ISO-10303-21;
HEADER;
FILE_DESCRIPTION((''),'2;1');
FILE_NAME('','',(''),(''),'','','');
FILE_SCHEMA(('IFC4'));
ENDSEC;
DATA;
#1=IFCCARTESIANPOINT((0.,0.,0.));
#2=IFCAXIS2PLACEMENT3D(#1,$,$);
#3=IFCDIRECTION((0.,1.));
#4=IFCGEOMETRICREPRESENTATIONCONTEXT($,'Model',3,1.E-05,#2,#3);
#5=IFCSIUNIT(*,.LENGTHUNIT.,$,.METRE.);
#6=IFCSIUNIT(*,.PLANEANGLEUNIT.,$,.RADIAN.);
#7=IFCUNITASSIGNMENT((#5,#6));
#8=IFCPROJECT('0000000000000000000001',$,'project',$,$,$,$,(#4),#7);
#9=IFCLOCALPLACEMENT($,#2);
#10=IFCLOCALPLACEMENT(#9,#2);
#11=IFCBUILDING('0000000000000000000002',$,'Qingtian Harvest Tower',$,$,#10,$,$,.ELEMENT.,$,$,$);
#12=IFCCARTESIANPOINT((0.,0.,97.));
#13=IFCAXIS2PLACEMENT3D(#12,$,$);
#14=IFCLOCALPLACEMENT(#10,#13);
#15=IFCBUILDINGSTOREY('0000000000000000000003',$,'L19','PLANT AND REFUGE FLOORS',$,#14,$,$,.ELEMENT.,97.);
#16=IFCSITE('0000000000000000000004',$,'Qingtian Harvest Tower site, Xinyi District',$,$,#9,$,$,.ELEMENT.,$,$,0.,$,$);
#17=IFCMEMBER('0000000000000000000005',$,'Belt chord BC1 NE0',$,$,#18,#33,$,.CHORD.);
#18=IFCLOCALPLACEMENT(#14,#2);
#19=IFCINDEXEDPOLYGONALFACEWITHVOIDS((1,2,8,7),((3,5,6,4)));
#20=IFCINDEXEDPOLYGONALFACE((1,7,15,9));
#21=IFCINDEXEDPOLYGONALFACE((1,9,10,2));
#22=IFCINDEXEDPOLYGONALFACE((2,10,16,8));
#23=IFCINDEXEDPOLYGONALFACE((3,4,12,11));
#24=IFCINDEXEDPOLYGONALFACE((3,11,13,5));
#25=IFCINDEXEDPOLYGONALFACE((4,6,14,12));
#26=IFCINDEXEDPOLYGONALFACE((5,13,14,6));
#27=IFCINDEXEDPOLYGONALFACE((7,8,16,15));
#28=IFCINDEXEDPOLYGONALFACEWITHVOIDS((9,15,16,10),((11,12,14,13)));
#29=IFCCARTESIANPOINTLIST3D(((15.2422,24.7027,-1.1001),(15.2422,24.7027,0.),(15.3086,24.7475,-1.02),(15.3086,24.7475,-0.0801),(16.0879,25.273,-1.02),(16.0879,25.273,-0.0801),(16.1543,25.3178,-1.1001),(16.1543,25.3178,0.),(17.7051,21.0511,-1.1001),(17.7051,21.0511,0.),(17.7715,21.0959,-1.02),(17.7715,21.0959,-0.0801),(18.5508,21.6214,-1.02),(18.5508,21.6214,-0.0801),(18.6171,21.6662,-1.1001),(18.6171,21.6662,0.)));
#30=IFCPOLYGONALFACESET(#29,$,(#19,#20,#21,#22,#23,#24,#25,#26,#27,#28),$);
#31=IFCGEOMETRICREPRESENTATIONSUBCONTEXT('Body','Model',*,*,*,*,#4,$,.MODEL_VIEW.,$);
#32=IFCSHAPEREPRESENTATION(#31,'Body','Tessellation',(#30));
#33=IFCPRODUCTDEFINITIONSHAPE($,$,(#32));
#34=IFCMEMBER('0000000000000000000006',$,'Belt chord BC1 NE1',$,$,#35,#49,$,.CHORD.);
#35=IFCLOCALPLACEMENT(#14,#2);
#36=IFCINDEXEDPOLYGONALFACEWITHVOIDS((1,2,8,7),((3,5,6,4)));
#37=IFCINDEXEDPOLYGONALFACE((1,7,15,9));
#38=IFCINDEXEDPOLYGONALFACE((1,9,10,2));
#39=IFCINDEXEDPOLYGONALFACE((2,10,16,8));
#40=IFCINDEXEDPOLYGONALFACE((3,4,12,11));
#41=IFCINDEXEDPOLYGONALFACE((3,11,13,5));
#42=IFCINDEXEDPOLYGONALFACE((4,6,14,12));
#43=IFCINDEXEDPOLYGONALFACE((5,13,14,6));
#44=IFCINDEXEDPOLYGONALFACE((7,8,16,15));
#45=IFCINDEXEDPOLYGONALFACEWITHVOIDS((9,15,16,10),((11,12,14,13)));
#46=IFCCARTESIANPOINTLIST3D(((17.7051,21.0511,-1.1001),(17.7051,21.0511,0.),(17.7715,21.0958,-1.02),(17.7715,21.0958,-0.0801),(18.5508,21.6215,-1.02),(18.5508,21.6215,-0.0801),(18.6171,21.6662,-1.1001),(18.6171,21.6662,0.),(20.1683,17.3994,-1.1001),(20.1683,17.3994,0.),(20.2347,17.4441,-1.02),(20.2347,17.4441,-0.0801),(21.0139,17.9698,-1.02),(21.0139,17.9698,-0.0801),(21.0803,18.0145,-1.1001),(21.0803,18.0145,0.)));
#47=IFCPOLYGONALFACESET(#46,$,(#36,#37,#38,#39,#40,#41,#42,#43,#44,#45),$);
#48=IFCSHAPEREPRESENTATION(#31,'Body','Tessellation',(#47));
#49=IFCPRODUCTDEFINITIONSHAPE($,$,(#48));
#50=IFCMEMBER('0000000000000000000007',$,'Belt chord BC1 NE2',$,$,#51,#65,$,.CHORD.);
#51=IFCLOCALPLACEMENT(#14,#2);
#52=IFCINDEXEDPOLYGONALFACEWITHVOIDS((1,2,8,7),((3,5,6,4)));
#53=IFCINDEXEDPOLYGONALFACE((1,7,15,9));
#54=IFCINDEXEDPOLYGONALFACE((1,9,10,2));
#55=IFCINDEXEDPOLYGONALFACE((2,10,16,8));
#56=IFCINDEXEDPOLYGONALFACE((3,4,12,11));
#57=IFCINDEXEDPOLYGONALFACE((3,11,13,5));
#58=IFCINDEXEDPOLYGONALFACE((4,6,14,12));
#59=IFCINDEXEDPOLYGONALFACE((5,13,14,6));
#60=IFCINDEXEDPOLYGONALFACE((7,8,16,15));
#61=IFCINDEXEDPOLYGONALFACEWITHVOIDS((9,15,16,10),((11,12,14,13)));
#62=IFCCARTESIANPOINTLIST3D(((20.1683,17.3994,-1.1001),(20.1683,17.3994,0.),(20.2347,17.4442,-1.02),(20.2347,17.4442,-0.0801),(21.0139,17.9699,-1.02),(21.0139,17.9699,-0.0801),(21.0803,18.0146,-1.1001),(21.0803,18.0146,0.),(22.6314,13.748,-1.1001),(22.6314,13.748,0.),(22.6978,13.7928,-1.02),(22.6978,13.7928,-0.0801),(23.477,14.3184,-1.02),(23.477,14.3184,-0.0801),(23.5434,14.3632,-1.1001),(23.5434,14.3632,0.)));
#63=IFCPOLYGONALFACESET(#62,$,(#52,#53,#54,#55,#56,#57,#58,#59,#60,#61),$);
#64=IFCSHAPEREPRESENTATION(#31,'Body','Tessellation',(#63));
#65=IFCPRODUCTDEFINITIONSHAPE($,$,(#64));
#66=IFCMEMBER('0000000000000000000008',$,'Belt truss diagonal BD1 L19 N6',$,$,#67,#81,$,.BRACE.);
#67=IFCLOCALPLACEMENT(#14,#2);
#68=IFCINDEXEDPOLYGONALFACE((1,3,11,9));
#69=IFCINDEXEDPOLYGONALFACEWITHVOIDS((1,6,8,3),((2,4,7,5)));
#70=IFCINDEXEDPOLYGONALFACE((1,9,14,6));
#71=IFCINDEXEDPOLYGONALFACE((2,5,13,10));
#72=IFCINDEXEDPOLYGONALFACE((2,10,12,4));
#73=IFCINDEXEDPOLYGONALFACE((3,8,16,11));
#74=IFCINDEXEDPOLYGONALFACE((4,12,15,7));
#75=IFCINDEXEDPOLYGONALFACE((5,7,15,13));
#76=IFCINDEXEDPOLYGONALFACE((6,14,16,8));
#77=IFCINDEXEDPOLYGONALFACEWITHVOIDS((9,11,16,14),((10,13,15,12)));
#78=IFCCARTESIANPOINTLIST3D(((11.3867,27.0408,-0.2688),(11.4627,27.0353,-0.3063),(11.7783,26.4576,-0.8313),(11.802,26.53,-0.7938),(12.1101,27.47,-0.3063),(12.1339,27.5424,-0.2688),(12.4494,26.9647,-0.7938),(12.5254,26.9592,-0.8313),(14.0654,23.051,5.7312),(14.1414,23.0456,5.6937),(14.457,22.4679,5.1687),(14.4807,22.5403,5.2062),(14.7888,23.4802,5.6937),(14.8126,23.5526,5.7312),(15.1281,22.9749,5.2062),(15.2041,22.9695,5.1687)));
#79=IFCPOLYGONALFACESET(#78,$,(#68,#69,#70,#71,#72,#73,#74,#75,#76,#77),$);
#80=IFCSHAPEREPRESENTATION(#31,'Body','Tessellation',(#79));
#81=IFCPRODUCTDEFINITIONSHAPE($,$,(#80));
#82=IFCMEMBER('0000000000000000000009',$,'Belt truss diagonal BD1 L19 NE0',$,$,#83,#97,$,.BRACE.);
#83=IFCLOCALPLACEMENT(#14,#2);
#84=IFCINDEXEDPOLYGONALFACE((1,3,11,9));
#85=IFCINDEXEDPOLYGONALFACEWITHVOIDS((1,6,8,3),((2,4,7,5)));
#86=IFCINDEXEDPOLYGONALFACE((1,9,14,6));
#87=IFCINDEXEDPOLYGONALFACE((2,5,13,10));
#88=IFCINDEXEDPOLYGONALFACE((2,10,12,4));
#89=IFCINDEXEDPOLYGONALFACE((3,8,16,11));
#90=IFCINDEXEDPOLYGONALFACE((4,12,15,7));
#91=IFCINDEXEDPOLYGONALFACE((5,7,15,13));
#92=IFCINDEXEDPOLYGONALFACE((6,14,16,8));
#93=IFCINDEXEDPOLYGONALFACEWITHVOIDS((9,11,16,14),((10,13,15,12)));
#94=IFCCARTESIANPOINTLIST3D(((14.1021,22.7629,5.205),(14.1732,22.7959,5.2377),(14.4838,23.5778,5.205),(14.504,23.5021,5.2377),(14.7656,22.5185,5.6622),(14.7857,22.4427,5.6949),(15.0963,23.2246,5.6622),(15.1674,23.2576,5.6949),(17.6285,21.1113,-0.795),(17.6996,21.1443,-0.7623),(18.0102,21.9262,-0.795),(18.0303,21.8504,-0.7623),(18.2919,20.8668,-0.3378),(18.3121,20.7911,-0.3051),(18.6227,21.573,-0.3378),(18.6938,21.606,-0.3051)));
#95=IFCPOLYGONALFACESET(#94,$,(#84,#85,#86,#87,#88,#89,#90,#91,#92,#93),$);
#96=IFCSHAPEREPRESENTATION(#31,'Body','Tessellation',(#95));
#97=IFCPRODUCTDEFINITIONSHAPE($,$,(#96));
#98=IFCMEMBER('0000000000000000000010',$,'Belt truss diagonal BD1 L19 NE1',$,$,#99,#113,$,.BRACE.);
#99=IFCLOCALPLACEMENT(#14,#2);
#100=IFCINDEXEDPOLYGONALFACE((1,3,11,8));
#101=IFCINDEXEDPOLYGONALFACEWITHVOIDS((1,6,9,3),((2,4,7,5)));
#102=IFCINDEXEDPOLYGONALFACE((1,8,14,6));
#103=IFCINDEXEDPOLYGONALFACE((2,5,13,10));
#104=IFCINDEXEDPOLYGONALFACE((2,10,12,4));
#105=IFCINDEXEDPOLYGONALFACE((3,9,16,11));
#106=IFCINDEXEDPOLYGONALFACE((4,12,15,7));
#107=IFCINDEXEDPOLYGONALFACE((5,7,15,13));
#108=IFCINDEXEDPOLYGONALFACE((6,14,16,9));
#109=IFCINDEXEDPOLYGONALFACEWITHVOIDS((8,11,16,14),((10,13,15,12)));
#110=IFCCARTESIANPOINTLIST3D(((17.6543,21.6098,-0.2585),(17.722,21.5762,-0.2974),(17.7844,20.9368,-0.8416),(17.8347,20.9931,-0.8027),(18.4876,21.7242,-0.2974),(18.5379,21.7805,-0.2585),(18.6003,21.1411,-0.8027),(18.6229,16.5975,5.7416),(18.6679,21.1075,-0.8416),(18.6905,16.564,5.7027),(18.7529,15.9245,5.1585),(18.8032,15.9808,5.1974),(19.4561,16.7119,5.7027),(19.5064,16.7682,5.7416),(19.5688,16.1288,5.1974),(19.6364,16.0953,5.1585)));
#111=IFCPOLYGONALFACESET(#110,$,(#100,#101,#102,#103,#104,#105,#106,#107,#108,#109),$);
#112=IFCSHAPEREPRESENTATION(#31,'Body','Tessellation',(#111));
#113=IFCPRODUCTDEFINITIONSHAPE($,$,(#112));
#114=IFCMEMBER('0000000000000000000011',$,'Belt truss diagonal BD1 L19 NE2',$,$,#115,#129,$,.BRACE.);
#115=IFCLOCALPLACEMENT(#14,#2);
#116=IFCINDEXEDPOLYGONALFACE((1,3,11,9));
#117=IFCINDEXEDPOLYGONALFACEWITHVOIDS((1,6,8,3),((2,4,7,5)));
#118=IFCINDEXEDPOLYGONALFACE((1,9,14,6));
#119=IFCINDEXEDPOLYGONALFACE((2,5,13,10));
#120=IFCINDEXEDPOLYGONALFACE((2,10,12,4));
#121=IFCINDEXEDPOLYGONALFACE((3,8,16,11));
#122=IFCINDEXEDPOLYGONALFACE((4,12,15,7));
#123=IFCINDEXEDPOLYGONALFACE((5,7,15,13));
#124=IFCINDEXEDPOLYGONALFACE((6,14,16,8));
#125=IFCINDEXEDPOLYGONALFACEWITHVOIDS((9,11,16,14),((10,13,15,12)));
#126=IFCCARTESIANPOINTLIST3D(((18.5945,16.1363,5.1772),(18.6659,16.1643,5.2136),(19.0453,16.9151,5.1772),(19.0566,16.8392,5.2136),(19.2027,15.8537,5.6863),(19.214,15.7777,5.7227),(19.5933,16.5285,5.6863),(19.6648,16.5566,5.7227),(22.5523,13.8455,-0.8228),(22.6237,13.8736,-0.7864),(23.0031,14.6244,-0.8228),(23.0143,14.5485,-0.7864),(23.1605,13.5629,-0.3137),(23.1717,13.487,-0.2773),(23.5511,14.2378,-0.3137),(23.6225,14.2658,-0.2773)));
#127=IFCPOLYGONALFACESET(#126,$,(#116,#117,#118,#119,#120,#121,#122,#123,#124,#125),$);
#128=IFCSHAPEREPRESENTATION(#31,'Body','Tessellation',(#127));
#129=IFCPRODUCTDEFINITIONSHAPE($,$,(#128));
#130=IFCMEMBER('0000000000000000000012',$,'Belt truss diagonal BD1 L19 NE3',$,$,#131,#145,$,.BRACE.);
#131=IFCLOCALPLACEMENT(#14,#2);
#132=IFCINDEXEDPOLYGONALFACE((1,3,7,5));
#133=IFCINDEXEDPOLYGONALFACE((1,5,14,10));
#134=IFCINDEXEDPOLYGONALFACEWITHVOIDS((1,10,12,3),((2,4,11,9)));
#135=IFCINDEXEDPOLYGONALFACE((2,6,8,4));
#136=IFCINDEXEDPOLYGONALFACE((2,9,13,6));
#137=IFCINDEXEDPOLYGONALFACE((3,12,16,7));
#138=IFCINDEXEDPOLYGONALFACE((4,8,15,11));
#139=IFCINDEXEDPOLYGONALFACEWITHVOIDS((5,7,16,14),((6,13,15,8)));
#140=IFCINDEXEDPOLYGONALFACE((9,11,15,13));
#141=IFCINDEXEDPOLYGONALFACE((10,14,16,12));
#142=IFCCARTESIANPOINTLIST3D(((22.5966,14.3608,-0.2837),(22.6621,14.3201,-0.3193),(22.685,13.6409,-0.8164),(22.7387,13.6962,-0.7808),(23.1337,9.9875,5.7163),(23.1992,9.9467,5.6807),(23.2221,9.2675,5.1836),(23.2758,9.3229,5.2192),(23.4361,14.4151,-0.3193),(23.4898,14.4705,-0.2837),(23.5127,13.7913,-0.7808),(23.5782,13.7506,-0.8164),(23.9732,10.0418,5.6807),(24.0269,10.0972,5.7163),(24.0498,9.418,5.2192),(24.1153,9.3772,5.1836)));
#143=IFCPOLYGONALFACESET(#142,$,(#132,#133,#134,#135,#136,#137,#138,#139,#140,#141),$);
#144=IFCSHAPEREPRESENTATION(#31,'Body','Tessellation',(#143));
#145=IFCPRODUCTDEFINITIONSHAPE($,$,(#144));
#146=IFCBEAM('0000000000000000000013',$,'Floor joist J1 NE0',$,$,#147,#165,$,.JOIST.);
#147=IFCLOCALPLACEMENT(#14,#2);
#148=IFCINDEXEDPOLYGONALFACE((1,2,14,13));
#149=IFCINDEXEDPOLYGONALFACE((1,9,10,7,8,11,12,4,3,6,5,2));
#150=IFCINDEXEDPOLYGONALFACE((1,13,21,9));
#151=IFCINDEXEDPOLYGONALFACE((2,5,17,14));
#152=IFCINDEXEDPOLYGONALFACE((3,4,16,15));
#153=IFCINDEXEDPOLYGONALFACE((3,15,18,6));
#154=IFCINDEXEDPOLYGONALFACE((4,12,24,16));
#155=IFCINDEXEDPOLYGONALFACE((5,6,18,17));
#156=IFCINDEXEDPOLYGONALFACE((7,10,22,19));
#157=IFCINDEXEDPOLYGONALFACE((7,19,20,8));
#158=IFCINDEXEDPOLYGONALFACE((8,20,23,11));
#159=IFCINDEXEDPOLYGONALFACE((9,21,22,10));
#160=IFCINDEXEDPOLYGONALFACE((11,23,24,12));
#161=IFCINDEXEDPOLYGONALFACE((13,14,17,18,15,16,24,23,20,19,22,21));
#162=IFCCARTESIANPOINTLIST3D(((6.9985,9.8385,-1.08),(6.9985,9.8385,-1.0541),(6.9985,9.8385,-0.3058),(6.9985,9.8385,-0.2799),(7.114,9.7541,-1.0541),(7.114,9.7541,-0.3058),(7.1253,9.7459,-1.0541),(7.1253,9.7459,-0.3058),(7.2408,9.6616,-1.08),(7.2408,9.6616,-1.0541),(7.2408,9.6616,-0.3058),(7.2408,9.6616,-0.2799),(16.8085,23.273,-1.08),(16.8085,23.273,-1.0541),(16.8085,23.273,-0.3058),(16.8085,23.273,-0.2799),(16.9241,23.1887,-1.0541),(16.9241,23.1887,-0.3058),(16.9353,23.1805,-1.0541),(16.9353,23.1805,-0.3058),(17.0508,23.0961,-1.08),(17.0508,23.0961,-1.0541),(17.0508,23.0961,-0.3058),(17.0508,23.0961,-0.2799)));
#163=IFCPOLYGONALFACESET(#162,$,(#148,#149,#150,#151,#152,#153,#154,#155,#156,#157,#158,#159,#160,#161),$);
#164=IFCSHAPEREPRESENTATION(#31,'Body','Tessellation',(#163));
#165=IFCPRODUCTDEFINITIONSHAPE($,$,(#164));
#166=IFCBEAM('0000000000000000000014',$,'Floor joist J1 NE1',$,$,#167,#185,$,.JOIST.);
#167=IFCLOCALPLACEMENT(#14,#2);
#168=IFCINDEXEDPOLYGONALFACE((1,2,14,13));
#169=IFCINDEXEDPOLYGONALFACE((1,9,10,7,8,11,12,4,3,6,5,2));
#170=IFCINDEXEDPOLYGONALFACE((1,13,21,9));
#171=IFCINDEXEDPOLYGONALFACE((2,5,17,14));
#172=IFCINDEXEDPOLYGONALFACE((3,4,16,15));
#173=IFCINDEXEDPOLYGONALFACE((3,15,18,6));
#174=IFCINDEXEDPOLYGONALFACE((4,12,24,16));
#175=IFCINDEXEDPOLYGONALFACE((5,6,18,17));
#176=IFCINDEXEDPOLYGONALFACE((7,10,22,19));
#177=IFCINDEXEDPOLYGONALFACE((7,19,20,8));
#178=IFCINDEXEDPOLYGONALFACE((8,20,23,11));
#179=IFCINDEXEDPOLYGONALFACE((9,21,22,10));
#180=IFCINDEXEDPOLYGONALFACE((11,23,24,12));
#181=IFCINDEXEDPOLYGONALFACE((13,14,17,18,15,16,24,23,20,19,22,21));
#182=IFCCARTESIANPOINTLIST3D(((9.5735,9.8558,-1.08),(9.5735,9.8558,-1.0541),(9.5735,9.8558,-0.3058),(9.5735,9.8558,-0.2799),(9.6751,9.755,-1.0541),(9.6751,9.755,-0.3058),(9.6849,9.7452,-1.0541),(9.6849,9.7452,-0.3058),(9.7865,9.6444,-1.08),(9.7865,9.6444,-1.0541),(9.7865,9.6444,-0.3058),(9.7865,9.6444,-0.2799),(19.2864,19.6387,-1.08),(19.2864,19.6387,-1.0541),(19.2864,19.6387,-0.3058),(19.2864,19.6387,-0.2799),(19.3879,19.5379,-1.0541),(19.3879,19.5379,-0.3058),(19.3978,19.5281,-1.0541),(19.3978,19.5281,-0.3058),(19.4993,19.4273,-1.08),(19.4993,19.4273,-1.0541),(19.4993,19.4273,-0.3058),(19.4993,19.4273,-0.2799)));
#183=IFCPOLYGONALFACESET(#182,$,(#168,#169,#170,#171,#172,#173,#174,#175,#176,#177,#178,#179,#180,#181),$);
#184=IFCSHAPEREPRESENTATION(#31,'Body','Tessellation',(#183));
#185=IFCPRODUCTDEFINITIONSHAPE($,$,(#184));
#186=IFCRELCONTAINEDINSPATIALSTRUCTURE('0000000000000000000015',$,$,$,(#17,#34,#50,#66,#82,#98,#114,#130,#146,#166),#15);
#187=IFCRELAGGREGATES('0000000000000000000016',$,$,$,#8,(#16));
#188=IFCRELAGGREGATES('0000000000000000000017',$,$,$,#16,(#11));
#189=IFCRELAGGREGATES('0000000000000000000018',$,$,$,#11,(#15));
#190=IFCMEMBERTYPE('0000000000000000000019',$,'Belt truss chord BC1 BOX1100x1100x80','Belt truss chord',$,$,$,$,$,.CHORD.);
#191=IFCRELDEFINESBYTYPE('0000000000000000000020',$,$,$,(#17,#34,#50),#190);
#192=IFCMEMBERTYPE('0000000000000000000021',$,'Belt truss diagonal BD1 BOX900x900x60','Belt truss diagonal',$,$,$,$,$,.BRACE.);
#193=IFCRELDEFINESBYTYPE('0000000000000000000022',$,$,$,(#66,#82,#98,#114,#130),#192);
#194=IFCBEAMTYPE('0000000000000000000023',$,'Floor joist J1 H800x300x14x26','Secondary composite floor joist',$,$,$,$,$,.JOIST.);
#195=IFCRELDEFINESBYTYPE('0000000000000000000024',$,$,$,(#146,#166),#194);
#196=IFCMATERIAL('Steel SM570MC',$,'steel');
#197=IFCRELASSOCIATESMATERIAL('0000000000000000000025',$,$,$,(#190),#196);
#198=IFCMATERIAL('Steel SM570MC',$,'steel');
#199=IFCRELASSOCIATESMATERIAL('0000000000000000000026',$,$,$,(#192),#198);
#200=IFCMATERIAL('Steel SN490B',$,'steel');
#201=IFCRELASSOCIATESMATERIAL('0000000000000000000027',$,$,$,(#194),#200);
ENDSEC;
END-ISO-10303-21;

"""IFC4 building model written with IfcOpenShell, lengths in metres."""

from ifc_helpers import new_model, si_unit, direction, frame, origin, origin_2d, place, context, subcontext, project, spatial, hollow_rectangle, i_section, extrude, material, material_profile, profile_set, type_object, element, save


model = new_model("IFC4")

# Units and contexts
model_context = context("Model", 3, precision=1e-05, world=origin(), true_north=direction((0.0, 1.0)))
body_context = subcontext(model_context, "Body", "Model", "MODEL_VIEW")
ifc_project = project(units=[si_unit("LENGTHUNIT", "METRE"), si_unit("PLANEANGLEUNIT", "RADIAN")], contexts=[model_context])

# Site, building, storey
site_placement = place(None, origin())
site = spatial("IfcSite", under=ifc_project, at=site_placement, Name="Qingtian Harvest Tower site, Xinyi District", CompositionType="ELEMENT", RefElevation=0.0)
building_placement = place(site_placement, origin())
building = spatial("IfcBuilding", under=site, at=building_placement, Name="Qingtian Harvest Tower", CompositionType="ELEMENT")
storey_placement = place(building_placement, frame((0.0, 0.0, 97.0)))
storey = spatial("IfcBuildingStorey", under=building, at=storey_placement, Name="L19", Description="PLANT AND REFUGE FLOORS", CompositionType="ELEMENT", Elevation=97.0)

# Members
ifc_material_1 = material(Name="Steel SM570MC", Category="steel")
ifc_material_profile_1 = material_profile(ifc_material_1, hollow_rectangle(XDim=1.1001, YDim=1.1001, WallThickness=0.0801, at=origin_2d()), Name="BOX1100x1100x80")
ifc_profile_set_1 = profile_set([ifc_material_profile_1], Name="Steel SM570MC")
member_type_1 = type_object("IfcMemberType", Name="Belt truss chord BC1 BOX1100x1100x80", Description="Belt truss chord", PredefinedType="CHORD", material=ifc_profile_set_1)
member_1_placement = place(storey_placement, frame((15.6982, 25.0103, -0.55), z_axis=(0.559169, -0.829054, 0.0), x_axis=(0.829054, 0.559169, 0.0)))
element("IfcMember", 1, at=member_1_placement, inside=storey, type_object=member_type_1, Name="Belt chord BC1 NE0", PredefinedType="CHORD", context=body_context, shape_type="SweptSolid", body=[
    extrude(hollow_rectangle(XDim=1.1001, YDim=1.1001, WallThickness=0.0801, at=origin_2d()), origin(), (0.0, 0.0, 1.0), 4.4045),
])
member_2_placement = place(storey_placement, frame((18.1611, 21.3586, -0.55), z_axis=(0.559207, -0.829028, 0.0), x_axis=(0.829028, 0.559207, 0.0)))
element("IfcMember", 2, at=member_2_placement, inside=storey, type_object=member_type_1, Name="Belt chord BC1 NE1", PredefinedType="CHORD", context=body_context, shape_type="SweptSolid", body=[
    extrude(hollow_rectangle(XDim=1.1001, YDim=1.1001, WallThickness=0.0801, at=origin_2d()), origin(), (0.0, 0.0, 1.0), 4.4048),
])
member_3_placement = place(storey_placement, frame((20.6243, 17.707, -0.55), z_axis=(0.559233, -0.829011, 0.0), x_axis=(0.829011, 0.559233, 0.0)))
element("IfcMember", 3, at=member_3_placement, inside=storey, type_object=member_type_1, Name="Belt chord BC1 NE2", PredefinedType="CHORD", context=body_context, shape_type="SweptSolid", body=[
    extrude(hollow_rectangle(XDim=1.1001, YDim=1.1001, WallThickness=0.0801, at=origin_2d()), origin(), (0.0, 0.0, 1.0), 4.4045),
])
ifc_material_2 = material(Name="Steel SM570MC", Category="steel")
ifc_material_profile_2 = material_profile(ifc_material_2, hollow_rectangle(XDim=0.8999, YDim=0.8999, WallThickness=0.0601, at=origin_2d()), Name="BOX900x900x60")
ifc_profile_set_2 = profile_set([ifc_material_profile_2], Name="Steel SM570MC")
member_type_2 = type_object("IfcMemberType", Name="Belt truss diagonal BD1 BOX900x900x60", Description="Belt truss diagonal", PredefinedType="BRACE", material=ifc_profile_set_2)
member_4_placement = place(storey_placement, frame((11.9561, 27.0, -0.55), z_axis=(0.348462, -0.519009, 0.780515), x_axis=(0.830233, 0.557417, 0.0)))
element("IfcMember", 4, at=member_4_placement, inside=storey, type_object=member_type_2, Name="Belt truss diagonal BD1 L19 N6", PredefinedType="BRACE", context=body_context, shape_type="SweptSolid", body=[
    extrude(hollow_rectangle(XDim=0.8999, YDim=0.8999, WallThickness=0.0601, at=origin_2d()), origin(), (0.0, 0.0, 1.0), 7.6873),
])
member_5_placement = place(storey_placement, frame((14.6348, 23.0103, 5.45), z_axis=(0.493003, -0.230903, -0.838828), x_axis=(0.424145, 0.905594, 0.0)))
element("IfcMember", 5, at=member_5_placement, inside=storey, type_object=member_type_2, Name="Belt truss diagonal BD1 L19 NE0", PredefinedType="BRACE", context=body_context, shape_type="SweptSolid", body=[
    extrude(hollow_rectangle(XDim=0.8999, YDim=0.8999, WallThickness=0.0601, at=origin_2d()), origin(), (0.0, 0.0, 1.0), 7.1528),
])
member_6_placement = place(storey_placement, frame((18.1611, 21.3586, -0.55), z_axis=(0.122941, -0.636242, 0.761631), x_axis=(0.981838, 0.18972, 0.0)))
element("IfcMember", 6, at=member_6_placement, inside=storey, type_object=member_type_2, Name="Belt truss diagonal BD1 L19 NE1", PredefinedType="BRACE", context=body_context, shape_type="SweptSolid", body=[
    extrude(hollow_rectangle(XDim=0.8999, YDim=0.8999, WallThickness=0.0601, at=origin_2d()), origin(), (0.0, 0.0, 1.0), 7.8779),
])
member_7_placement = place(storey_placement, frame((19.1296, 16.3464, 5.45), z_axis=(0.524626, -0.303656, -0.795337), x_axis=(0.500944, 0.86548, 0.0)))
element("IfcMember", 7, at=member_7_placement, inside=storey, type_object=member_type_2, Name="Belt truss diagonal BD1 L19 NE2", PredefinedType="BRACE", context=body_context, shape_type="SweptSolid", body=[
    extrude(hollow_rectangle(XDim=0.8999, YDim=0.8999, WallThickness=0.0601, at=origin_2d()), origin(), (0.0, 0.0, 1.0), 7.5439),
])
member_8_placement = place(storey_placement, frame((23.0874, 14.0557, -0.55), z_axis=(0.072153, -0.587487, 0.806011), x_axis=(0.992542, 0.1219, 0.0)))
element("IfcMember", 8, at=member_8_placement, inside=storey, type_object=member_type_2, Name="Belt truss diagonal BD1 L19 NE3", PredefinedType="BRACE", context=body_context, shape_type="SweptSolid", body=[
    extrude(hollow_rectangle(XDim=0.8999, YDim=0.8999, WallThickness=0.0601, at=origin_2d()), origin(), (0.0, 0.0, 1.0), 7.4441),
])

# Beams
ifc_material_3 = material(Name="Steel SN490B", Category="steel")
ifc_material_profile_3 = material_profile(ifc_material_3, i_section(OverallWidth=0.3, OverallDepth=0.8, WebThickness=0.0139, FlangeThickness=0.0259, at=origin_2d()), Name="H800x300x14x26")
ifc_profile_set_3 = profile_set([ifc_material_profile_3], Name="Steel SN490B")
beam_type_1 = type_object("IfcBeamType", Name="Floor joist J1 H800x300x14x26", Description="Secondary composite floor joist", PredefinedType="JOIST", material=ifc_profile_set_3)
beam_1_placement = place(storey_placement, frame((16.9297, 23.1846, -0.6799), z_axis=(-0.589722, -0.807606, 0.0), x_axis=(0.807606, -0.589722, 0.0)))
element("IfcBeam", 9, at=beam_1_placement, inside=storey, type_object=beam_type_1, Name="Floor joist J1 NE0", PredefinedType="JOIST", context=body_context, shape_type="SweptSolid", body=[
    extrude(i_section(OverallWidth=0.3, OverallDepth=0.8, WebThickness=0.0139, FlangeThickness=0.0259, at=origin_2d()), origin(), (0.0, 0.0, 1.0), 16.635),
])
beam_2_placement = place(storey_placement, frame((19.3928, 19.533, -0.6799), z_axis=(-0.704561, -0.709644, 0.0), x_axis=(0.709644, -0.704561, 0.0)))
element("IfcBeam", 10, at=beam_2_placement, inside=storey, type_object=beam_type_1, Name="Floor joist J1 NE1", PredefinedType="JOIST", context=body_context, shape_type="SweptSolid", body=[
    extrude(i_section(OverallWidth=0.3, OverallDepth=0.8, WebThickness=0.0139, FlangeThickness=0.0259, at=origin_2d()), origin(), (0.0, 0.0, 1.0), 13.7856),
])

save(model, "model.ifc")
